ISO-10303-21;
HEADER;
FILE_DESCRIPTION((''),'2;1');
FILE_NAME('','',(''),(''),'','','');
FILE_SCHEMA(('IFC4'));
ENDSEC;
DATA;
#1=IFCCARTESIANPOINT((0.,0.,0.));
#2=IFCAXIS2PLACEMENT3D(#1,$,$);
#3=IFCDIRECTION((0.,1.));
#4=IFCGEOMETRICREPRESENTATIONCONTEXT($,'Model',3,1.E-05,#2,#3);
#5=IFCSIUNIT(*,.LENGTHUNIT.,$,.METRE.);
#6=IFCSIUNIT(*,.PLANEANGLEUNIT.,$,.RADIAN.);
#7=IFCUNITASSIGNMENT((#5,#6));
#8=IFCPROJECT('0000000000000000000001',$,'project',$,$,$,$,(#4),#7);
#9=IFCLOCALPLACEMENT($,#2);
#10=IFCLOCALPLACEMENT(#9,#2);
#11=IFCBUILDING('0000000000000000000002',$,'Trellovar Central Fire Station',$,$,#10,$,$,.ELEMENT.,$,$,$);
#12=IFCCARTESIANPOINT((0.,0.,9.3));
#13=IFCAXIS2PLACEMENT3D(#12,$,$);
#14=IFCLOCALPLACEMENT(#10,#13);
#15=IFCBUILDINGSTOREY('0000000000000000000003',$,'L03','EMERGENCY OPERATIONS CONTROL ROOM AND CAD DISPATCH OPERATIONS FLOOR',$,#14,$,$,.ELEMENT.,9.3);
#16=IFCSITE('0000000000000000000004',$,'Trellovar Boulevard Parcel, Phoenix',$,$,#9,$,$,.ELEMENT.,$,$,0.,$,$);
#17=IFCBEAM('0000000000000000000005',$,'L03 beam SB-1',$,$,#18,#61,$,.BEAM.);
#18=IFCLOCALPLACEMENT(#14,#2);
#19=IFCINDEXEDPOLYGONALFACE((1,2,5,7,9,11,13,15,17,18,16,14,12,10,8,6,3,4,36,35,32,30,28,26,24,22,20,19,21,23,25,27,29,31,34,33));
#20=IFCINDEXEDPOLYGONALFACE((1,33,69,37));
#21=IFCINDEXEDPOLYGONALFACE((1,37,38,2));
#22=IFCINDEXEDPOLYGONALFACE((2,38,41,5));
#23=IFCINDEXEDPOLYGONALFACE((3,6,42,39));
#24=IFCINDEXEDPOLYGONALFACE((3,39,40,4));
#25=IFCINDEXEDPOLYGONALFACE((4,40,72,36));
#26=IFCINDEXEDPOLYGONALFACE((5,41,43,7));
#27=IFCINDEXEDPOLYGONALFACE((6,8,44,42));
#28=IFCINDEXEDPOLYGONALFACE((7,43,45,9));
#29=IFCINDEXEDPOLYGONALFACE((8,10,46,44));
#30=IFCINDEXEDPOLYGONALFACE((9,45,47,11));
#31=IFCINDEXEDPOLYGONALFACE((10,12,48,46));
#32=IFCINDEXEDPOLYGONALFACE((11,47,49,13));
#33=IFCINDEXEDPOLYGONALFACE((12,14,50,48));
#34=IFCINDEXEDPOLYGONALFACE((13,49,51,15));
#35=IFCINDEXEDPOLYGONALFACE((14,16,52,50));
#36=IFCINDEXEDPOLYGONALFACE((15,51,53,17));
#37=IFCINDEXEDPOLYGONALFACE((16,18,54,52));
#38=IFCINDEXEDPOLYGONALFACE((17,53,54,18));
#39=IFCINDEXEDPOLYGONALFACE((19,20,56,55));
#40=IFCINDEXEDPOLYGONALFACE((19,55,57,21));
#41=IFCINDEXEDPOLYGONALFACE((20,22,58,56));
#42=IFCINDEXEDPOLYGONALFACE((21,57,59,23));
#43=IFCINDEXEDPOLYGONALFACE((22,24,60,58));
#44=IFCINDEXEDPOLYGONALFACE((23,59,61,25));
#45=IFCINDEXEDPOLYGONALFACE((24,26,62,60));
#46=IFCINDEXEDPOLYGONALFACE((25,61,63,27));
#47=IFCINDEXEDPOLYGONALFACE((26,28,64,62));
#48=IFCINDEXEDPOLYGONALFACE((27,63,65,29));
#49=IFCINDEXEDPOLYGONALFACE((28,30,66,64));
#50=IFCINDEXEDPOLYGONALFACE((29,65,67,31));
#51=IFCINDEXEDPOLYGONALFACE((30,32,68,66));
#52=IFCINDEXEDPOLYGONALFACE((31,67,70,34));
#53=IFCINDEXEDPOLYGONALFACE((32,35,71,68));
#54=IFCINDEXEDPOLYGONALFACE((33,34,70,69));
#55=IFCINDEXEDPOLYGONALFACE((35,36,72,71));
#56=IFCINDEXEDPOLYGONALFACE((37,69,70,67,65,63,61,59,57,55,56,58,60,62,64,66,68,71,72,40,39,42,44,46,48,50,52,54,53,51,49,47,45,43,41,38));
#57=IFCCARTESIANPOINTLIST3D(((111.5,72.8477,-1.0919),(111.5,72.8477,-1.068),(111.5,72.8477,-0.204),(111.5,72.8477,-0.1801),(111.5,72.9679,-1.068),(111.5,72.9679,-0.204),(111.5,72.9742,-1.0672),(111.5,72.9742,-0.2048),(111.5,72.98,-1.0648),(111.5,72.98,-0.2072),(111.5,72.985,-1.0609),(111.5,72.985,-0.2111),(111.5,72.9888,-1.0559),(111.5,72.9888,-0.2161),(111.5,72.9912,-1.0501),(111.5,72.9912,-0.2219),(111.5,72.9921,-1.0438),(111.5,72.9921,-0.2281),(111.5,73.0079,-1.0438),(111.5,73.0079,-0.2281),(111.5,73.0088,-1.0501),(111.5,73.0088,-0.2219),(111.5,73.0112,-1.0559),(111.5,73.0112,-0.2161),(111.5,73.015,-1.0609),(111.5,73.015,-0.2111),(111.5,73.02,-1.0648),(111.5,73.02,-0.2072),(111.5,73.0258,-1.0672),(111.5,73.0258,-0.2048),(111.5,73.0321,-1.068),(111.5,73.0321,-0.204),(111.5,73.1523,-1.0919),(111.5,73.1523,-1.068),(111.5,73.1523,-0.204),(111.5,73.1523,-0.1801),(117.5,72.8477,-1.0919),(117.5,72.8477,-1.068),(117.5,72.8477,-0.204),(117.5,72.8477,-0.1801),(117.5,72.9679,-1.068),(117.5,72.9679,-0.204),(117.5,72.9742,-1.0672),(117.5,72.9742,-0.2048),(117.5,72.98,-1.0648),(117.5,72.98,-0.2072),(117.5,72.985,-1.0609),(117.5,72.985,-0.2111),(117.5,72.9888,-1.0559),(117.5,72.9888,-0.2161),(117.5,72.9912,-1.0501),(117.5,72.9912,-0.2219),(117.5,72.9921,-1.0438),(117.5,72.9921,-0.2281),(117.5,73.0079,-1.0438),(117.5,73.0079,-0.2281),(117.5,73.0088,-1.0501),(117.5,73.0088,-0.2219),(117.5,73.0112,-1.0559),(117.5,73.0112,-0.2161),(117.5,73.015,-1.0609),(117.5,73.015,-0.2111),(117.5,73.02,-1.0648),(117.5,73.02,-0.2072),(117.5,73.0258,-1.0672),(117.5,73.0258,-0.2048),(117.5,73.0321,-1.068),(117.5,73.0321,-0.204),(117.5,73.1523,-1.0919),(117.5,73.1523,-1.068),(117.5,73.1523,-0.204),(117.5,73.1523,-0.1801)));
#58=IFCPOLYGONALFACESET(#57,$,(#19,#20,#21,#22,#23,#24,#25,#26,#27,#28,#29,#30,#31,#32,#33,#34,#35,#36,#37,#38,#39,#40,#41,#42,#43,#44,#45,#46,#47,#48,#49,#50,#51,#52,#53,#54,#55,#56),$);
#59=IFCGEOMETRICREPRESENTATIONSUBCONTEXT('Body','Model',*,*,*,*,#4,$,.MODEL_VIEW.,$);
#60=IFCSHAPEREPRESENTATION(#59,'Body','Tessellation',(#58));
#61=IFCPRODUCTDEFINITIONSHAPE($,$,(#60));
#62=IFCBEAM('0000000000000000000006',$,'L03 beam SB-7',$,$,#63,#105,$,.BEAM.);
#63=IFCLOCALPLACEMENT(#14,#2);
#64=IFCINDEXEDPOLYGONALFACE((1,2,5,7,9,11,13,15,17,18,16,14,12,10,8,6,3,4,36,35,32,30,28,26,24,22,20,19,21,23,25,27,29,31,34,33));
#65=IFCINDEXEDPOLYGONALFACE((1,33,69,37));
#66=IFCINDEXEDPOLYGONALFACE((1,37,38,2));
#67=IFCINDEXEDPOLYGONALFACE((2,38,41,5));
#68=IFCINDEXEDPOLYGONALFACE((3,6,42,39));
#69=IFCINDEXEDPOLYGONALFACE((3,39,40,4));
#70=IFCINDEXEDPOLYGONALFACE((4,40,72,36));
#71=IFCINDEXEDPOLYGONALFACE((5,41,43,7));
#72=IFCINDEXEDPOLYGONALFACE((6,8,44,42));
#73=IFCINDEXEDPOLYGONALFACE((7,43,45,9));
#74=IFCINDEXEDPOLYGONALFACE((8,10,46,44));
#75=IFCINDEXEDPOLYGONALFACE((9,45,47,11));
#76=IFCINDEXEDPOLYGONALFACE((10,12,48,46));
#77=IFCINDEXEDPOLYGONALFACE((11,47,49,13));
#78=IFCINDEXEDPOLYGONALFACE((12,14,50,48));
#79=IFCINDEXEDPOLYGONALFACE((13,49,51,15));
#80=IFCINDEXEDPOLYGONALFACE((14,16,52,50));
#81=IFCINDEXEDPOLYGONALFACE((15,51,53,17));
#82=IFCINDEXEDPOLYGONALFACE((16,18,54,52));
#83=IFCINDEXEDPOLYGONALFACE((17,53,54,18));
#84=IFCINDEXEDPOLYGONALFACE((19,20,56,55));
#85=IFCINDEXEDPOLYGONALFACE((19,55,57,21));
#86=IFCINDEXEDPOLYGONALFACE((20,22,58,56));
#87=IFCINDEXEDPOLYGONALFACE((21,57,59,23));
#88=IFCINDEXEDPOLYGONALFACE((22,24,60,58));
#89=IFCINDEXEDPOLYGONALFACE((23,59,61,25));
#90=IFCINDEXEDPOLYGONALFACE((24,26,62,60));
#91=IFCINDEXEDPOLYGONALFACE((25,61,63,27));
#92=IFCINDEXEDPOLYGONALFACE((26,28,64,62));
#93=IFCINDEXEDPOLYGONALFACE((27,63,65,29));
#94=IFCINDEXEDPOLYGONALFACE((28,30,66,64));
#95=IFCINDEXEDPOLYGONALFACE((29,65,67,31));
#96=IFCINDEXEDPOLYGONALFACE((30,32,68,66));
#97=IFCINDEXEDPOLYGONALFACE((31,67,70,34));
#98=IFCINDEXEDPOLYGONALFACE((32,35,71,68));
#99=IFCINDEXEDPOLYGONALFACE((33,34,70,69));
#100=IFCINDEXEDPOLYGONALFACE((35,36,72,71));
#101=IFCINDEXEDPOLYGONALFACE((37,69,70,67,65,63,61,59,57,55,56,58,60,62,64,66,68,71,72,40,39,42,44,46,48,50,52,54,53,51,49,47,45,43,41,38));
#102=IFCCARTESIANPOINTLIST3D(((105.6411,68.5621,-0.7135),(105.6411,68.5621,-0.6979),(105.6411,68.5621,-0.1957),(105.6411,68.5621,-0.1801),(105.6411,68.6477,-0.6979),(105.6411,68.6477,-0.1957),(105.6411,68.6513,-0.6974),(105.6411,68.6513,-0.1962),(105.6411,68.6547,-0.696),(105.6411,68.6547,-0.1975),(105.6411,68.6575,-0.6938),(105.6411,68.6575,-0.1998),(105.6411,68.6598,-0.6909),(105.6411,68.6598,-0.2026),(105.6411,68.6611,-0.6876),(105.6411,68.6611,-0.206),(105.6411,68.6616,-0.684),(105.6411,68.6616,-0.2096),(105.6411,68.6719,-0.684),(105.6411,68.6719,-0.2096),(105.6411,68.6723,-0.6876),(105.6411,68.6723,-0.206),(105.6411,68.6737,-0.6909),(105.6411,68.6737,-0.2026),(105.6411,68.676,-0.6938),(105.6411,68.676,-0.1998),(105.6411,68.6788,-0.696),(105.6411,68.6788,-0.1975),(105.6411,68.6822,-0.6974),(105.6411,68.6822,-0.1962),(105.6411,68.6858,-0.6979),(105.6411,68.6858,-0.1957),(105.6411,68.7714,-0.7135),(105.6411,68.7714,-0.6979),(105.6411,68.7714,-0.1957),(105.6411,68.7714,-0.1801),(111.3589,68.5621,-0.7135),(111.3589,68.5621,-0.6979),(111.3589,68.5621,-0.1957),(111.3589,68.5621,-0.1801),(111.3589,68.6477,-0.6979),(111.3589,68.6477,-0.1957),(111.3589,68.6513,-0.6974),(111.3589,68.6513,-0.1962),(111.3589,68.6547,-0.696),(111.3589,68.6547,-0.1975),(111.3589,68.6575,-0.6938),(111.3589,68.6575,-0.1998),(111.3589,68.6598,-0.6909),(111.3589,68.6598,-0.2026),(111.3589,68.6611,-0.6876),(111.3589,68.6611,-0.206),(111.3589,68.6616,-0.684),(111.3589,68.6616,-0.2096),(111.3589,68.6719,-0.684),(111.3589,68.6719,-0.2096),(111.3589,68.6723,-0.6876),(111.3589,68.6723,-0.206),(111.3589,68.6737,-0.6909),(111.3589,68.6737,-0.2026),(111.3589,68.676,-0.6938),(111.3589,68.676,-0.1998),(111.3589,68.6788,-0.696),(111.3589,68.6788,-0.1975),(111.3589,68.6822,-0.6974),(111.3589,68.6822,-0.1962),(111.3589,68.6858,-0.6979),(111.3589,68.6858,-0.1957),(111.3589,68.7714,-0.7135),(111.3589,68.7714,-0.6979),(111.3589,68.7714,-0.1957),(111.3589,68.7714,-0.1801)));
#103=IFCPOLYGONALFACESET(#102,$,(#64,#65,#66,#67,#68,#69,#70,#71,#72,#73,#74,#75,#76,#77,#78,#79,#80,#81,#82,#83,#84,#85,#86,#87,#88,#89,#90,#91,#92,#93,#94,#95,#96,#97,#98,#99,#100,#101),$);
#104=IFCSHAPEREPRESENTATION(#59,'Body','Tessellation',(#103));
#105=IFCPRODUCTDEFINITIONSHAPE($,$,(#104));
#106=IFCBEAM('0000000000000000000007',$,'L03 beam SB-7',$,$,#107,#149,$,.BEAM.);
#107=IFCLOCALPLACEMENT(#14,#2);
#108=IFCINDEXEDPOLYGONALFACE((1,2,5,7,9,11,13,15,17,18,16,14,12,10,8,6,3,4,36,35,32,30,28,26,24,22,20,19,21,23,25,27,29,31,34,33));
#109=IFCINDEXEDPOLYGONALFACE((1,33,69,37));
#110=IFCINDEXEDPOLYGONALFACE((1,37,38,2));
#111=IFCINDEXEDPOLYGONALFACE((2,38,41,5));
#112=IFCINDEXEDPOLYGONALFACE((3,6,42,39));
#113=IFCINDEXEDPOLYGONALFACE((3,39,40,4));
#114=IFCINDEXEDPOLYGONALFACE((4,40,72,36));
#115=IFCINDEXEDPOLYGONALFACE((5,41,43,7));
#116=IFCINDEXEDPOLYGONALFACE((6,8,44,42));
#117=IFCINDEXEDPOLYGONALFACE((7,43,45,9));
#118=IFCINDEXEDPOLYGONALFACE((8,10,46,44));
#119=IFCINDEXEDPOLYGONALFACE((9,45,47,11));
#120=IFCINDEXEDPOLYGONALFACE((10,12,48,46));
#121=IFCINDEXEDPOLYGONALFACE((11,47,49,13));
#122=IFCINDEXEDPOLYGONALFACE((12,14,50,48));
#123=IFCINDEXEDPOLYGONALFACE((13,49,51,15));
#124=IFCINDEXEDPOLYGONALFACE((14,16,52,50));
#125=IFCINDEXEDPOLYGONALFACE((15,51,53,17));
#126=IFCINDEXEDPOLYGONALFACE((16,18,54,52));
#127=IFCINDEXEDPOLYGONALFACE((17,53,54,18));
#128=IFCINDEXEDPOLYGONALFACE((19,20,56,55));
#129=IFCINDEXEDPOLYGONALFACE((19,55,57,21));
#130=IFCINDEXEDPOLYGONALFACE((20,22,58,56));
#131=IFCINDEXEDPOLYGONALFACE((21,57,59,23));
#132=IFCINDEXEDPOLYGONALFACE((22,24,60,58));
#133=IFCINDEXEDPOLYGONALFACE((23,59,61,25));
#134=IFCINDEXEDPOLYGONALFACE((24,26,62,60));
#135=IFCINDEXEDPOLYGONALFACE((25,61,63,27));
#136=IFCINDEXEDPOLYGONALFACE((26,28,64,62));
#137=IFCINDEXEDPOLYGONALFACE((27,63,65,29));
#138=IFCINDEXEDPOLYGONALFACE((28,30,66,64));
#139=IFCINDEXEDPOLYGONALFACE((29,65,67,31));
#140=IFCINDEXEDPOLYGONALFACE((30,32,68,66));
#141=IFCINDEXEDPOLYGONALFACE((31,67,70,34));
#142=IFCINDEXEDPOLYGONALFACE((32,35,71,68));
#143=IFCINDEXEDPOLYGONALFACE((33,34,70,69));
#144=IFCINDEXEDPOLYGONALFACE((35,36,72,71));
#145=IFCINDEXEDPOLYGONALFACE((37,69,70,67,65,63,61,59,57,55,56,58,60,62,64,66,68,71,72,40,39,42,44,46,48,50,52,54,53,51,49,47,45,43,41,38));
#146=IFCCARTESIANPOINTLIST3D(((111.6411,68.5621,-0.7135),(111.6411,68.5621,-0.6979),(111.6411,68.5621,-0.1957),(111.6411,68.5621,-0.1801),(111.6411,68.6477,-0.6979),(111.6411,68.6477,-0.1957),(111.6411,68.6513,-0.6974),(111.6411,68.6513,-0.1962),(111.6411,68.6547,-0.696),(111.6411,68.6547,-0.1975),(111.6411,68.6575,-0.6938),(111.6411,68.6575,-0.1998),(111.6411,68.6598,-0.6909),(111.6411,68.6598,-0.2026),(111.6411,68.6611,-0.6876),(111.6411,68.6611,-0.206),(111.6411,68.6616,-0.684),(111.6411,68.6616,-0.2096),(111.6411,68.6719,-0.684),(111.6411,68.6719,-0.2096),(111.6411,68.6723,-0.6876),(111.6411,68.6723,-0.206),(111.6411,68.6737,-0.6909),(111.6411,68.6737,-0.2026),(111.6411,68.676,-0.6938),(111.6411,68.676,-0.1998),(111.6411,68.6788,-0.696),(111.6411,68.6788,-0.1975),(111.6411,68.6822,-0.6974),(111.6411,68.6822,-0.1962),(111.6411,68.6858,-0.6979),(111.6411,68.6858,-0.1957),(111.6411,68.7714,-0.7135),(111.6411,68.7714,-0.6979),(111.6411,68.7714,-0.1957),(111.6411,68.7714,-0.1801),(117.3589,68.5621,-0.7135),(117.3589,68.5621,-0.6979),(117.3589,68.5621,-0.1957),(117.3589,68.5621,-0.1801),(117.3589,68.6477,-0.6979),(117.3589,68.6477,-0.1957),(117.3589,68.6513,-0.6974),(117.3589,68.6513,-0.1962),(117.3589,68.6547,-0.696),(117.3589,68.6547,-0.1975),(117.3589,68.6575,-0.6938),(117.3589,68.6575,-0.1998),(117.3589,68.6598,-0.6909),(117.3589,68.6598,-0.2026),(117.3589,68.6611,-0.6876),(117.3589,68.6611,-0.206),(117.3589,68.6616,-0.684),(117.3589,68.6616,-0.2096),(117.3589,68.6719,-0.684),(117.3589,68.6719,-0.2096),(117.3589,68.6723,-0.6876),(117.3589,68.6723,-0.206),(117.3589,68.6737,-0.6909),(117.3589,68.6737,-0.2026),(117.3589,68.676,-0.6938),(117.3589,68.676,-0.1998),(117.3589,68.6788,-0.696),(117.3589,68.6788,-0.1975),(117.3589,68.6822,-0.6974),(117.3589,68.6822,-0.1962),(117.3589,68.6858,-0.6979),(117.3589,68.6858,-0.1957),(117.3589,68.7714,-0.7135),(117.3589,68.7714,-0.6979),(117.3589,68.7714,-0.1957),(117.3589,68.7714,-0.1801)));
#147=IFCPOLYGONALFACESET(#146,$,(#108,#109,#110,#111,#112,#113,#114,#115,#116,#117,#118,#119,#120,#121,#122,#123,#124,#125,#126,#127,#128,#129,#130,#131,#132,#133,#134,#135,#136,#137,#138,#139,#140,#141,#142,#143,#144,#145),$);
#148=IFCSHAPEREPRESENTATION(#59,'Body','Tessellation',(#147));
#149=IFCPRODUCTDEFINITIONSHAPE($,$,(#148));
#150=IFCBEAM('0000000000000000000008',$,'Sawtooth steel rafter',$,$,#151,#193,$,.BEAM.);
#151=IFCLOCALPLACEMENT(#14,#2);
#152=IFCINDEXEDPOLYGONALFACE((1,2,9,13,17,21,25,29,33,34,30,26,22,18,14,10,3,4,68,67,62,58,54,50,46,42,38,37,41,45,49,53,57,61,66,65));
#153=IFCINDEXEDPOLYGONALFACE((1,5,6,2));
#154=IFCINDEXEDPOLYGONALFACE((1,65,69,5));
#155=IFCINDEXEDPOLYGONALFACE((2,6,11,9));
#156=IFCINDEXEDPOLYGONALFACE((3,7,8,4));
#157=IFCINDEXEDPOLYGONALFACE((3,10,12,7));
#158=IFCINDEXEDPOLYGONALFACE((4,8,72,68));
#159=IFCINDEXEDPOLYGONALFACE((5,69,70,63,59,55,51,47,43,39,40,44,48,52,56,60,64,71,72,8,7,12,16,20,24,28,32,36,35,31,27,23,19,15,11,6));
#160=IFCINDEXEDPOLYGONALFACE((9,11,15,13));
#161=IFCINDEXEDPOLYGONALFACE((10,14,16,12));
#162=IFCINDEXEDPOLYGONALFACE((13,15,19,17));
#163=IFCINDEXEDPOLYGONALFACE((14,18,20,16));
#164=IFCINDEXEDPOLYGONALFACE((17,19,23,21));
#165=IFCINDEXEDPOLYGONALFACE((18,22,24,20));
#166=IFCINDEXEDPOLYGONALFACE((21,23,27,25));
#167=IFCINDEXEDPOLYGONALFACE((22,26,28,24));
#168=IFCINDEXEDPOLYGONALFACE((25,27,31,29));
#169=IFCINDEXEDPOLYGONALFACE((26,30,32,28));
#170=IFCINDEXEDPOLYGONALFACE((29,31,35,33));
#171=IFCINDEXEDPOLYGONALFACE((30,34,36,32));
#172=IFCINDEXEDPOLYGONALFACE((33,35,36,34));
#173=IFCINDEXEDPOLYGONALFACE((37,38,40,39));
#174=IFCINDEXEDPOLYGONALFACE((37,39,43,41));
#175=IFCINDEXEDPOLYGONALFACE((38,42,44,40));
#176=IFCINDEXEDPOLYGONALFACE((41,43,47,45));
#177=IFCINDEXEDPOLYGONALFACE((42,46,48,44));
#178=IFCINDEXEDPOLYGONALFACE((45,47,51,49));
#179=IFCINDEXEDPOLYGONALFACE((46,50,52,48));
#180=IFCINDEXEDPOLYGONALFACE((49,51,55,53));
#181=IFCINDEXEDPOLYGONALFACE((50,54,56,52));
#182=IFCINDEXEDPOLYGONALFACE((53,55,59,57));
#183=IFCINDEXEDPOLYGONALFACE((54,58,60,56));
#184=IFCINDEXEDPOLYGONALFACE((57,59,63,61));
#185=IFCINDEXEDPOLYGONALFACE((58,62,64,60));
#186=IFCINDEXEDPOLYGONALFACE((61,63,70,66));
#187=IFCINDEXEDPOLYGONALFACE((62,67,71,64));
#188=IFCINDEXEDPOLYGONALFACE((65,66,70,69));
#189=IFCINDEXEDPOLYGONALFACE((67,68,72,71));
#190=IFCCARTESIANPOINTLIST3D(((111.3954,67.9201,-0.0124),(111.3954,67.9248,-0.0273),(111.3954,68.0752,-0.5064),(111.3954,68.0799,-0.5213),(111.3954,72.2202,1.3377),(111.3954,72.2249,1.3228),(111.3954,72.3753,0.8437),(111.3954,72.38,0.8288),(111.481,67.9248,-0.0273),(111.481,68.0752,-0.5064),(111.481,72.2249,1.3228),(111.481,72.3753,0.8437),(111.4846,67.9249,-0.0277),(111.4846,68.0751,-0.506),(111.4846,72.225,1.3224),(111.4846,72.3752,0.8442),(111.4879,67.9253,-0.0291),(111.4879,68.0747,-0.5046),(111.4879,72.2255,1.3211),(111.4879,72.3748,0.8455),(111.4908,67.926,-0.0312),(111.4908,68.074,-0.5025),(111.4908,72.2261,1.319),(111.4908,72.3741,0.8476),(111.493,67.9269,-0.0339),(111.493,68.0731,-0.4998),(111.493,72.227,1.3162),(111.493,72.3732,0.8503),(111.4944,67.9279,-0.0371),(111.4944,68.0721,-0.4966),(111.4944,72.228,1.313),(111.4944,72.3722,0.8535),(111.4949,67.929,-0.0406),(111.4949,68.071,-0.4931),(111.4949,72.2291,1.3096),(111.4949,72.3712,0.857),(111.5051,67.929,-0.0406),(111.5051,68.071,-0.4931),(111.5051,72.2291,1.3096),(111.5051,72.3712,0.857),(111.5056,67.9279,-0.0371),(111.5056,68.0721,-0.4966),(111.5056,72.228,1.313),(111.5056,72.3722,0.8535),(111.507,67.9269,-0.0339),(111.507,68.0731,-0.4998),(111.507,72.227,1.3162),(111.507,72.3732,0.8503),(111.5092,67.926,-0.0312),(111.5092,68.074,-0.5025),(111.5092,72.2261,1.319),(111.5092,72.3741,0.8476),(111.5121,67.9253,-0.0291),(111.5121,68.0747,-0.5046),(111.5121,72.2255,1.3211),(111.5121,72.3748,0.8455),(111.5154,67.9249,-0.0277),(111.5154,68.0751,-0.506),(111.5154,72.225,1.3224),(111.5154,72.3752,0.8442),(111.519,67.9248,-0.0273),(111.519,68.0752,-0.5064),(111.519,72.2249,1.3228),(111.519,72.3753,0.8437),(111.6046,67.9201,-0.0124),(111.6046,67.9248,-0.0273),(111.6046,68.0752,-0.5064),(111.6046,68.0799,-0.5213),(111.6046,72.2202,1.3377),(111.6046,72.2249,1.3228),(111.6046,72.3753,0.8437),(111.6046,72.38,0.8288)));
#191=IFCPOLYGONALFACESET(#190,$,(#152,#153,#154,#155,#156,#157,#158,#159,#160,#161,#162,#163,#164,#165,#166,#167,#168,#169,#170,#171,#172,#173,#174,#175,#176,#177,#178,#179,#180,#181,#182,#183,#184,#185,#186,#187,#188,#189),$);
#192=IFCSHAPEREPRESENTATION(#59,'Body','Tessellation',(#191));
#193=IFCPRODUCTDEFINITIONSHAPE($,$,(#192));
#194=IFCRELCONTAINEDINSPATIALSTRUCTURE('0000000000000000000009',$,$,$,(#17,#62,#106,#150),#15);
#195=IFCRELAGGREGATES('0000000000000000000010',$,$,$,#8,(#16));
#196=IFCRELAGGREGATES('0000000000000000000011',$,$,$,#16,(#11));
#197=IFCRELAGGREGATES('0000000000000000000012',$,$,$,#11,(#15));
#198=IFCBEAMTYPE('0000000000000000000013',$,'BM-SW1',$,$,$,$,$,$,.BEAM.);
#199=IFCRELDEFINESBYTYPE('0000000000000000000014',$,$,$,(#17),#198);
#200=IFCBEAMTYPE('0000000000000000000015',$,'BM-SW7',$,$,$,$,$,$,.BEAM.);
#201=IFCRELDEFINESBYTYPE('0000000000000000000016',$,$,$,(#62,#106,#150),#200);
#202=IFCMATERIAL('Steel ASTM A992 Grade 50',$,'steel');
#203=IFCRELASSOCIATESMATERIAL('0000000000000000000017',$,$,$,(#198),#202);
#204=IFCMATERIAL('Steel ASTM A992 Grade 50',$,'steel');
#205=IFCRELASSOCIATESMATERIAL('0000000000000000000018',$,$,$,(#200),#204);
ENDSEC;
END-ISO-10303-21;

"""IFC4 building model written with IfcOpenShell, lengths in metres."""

from ifc_helpers import new_model, si_unit, direction, frame, origin, origin_2d, place, context, subcontext, project, spatial, i_section, extrude, material, material_profile, profile_set, type_object, element, save


model = new_model("IFC4")

# Units and contexts
model_context = context("Model", 3, precision=1e-05, world=origin(), true_north=direction((0.0, 1.0)))
body_context = subcontext(model_context, "Body", "Model", "MODEL_VIEW")
ifc_project = project(units=[si_unit("LENGTHUNIT", "METRE"), si_unit("PLANEANGLEUNIT", "RADIAN")], contexts=[model_context])

# Site, building, storey
site_placement = place(None, origin())
site = spatial("IfcSite", under=ifc_project, at=site_placement, Name="Trellovar Boulevard Parcel, Phoenix", CompositionType="ELEMENT", RefElevation=0.0)
building_placement = place(site_placement, origin())
building = spatial("IfcBuilding", under=site, at=building_placement, Name="Trellovar Central Fire Station", CompositionType="ELEMENT")
storey_placement = place(building_placement, frame((0.0, 0.0, 9.3)))
storey = spatial("IfcBuildingStorey", under=building, at=storey_placement, Name="L03", Description="EMERGENCY OPERATIONS CONTROL ROOM AND CAD DISPATCH OPERATIONS FLOOR", CompositionType="ELEMENT", Elevation=9.3)

# Beams
ifc_material_1 = material(Name="Steel ASTM A992 Grade 50", Category="steel")
ifc_material_profile_1 = material_profile(ifc_material_1, i_section(OverallWidth=0.3047, OverallDepth=0.9119, WebThickness=0.0159, FlangeThickness=0.0239, FilletRadius=0.0242, at=origin_2d()), Name="W36X150")
ifc_profile_set_1 = profile_set([ifc_material_profile_1], Name="Steel ASTM A992 Grade 50")
beam_type_1 = type_object("IfcBeamType", Name="BM-SW1", PredefinedType="BEAM", material=ifc_profile_set_1)
beam_1_placement = place(storey_placement, frame((111.5, 73.0, -0.636), z_axis=(1.0, 0.0, 0.0), x_axis=(0.0, 1.0, 0.0)))
element("IfcBeam", 1, at=beam_1_placement, inside=storey, type_object=beam_type_1, Name="L03 beam SB-1", PredefinedType="BEAM", context=body_context, shape_type="SweptSolid", body=[
    extrude(i_section(OverallWidth=0.3047, OverallDepth=0.9119, WebThickness=0.0159, FlangeThickness=0.0239, FilletRadius=0.0242, at=origin_2d()), origin(), (0.0, 0.0, 1.0), 6.0),
])
ifc_material_2 = material(Name="Steel ASTM A992 Grade 50", Category="steel")
ifc_material_profile_2 = material_profile(ifc_material_2, i_section(OverallWidth=0.2092, OverallDepth=0.5334, WebThickness=0.0103, FlangeThickness=0.0156, FilletRadius=0.0139, at=origin_2d()), Name="W21X62")
ifc_profile_set_2 = profile_set([ifc_material_profile_2], Name="Steel ASTM A992 Grade 50")
beam_type_2 = type_object("IfcBeamType", Name="BM-SW7", PredefinedType="BEAM", material=ifc_profile_set_2)
for number, where, z_axis, x_axis, name in (
    (2, (105.6411, 68.6667, -0.4468), (1.0, 0.0, 0.0), (0.0, 1.0, 0.0), "L03 beam SB-7"),
    (3, (111.6411, 68.6667, -0.4468), (1.0, 0.0, 0.0), (0.0, 1.0, 0.0), "L03 beam SB-7"),
):
    element("IfcBeam", number, at=place(storey_placement, frame(where, z_axis=z_axis, x_axis=x_axis)), inside=storey, type_object=beam_type_2, Name=name, PredefinedType="BEAM", context=body_context, shape_type="SweptSolid", body=[
        extrude(i_section(OverallWidth=0.2092, OverallDepth=0.5334, WebThickness=0.0103, FlangeThickness=0.0156, FilletRadius=0.0139, at=origin_2d()), origin(), (0.0, 0.0, 1.0), 5.7178),
    ])
beam_2_placement = place(storey_placement, frame((111.5, 68.0, -0.2668), z_axis=(0.0, 0.954079, 0.299555), x_axis=(-1.0, 0.0, 0.0)))
element("IfcBeam", 4, at=beam_2_placement, inside=storey, type_object=beam_type_2, Name="Sawtooth steel rafter", PredefinedType="BEAM", context=body_context, shape_type="SweptSolid", body=[
    extrude(i_section(OverallWidth=0.2092, OverallDepth=0.5334, WebThickness=0.0103, FlangeThickness=0.0156, FilletRadius=0.0139, at=origin_2d()), origin(), (0.0, 0.0, 1.0), 4.5071),
])

save(model, "model.ifc")
